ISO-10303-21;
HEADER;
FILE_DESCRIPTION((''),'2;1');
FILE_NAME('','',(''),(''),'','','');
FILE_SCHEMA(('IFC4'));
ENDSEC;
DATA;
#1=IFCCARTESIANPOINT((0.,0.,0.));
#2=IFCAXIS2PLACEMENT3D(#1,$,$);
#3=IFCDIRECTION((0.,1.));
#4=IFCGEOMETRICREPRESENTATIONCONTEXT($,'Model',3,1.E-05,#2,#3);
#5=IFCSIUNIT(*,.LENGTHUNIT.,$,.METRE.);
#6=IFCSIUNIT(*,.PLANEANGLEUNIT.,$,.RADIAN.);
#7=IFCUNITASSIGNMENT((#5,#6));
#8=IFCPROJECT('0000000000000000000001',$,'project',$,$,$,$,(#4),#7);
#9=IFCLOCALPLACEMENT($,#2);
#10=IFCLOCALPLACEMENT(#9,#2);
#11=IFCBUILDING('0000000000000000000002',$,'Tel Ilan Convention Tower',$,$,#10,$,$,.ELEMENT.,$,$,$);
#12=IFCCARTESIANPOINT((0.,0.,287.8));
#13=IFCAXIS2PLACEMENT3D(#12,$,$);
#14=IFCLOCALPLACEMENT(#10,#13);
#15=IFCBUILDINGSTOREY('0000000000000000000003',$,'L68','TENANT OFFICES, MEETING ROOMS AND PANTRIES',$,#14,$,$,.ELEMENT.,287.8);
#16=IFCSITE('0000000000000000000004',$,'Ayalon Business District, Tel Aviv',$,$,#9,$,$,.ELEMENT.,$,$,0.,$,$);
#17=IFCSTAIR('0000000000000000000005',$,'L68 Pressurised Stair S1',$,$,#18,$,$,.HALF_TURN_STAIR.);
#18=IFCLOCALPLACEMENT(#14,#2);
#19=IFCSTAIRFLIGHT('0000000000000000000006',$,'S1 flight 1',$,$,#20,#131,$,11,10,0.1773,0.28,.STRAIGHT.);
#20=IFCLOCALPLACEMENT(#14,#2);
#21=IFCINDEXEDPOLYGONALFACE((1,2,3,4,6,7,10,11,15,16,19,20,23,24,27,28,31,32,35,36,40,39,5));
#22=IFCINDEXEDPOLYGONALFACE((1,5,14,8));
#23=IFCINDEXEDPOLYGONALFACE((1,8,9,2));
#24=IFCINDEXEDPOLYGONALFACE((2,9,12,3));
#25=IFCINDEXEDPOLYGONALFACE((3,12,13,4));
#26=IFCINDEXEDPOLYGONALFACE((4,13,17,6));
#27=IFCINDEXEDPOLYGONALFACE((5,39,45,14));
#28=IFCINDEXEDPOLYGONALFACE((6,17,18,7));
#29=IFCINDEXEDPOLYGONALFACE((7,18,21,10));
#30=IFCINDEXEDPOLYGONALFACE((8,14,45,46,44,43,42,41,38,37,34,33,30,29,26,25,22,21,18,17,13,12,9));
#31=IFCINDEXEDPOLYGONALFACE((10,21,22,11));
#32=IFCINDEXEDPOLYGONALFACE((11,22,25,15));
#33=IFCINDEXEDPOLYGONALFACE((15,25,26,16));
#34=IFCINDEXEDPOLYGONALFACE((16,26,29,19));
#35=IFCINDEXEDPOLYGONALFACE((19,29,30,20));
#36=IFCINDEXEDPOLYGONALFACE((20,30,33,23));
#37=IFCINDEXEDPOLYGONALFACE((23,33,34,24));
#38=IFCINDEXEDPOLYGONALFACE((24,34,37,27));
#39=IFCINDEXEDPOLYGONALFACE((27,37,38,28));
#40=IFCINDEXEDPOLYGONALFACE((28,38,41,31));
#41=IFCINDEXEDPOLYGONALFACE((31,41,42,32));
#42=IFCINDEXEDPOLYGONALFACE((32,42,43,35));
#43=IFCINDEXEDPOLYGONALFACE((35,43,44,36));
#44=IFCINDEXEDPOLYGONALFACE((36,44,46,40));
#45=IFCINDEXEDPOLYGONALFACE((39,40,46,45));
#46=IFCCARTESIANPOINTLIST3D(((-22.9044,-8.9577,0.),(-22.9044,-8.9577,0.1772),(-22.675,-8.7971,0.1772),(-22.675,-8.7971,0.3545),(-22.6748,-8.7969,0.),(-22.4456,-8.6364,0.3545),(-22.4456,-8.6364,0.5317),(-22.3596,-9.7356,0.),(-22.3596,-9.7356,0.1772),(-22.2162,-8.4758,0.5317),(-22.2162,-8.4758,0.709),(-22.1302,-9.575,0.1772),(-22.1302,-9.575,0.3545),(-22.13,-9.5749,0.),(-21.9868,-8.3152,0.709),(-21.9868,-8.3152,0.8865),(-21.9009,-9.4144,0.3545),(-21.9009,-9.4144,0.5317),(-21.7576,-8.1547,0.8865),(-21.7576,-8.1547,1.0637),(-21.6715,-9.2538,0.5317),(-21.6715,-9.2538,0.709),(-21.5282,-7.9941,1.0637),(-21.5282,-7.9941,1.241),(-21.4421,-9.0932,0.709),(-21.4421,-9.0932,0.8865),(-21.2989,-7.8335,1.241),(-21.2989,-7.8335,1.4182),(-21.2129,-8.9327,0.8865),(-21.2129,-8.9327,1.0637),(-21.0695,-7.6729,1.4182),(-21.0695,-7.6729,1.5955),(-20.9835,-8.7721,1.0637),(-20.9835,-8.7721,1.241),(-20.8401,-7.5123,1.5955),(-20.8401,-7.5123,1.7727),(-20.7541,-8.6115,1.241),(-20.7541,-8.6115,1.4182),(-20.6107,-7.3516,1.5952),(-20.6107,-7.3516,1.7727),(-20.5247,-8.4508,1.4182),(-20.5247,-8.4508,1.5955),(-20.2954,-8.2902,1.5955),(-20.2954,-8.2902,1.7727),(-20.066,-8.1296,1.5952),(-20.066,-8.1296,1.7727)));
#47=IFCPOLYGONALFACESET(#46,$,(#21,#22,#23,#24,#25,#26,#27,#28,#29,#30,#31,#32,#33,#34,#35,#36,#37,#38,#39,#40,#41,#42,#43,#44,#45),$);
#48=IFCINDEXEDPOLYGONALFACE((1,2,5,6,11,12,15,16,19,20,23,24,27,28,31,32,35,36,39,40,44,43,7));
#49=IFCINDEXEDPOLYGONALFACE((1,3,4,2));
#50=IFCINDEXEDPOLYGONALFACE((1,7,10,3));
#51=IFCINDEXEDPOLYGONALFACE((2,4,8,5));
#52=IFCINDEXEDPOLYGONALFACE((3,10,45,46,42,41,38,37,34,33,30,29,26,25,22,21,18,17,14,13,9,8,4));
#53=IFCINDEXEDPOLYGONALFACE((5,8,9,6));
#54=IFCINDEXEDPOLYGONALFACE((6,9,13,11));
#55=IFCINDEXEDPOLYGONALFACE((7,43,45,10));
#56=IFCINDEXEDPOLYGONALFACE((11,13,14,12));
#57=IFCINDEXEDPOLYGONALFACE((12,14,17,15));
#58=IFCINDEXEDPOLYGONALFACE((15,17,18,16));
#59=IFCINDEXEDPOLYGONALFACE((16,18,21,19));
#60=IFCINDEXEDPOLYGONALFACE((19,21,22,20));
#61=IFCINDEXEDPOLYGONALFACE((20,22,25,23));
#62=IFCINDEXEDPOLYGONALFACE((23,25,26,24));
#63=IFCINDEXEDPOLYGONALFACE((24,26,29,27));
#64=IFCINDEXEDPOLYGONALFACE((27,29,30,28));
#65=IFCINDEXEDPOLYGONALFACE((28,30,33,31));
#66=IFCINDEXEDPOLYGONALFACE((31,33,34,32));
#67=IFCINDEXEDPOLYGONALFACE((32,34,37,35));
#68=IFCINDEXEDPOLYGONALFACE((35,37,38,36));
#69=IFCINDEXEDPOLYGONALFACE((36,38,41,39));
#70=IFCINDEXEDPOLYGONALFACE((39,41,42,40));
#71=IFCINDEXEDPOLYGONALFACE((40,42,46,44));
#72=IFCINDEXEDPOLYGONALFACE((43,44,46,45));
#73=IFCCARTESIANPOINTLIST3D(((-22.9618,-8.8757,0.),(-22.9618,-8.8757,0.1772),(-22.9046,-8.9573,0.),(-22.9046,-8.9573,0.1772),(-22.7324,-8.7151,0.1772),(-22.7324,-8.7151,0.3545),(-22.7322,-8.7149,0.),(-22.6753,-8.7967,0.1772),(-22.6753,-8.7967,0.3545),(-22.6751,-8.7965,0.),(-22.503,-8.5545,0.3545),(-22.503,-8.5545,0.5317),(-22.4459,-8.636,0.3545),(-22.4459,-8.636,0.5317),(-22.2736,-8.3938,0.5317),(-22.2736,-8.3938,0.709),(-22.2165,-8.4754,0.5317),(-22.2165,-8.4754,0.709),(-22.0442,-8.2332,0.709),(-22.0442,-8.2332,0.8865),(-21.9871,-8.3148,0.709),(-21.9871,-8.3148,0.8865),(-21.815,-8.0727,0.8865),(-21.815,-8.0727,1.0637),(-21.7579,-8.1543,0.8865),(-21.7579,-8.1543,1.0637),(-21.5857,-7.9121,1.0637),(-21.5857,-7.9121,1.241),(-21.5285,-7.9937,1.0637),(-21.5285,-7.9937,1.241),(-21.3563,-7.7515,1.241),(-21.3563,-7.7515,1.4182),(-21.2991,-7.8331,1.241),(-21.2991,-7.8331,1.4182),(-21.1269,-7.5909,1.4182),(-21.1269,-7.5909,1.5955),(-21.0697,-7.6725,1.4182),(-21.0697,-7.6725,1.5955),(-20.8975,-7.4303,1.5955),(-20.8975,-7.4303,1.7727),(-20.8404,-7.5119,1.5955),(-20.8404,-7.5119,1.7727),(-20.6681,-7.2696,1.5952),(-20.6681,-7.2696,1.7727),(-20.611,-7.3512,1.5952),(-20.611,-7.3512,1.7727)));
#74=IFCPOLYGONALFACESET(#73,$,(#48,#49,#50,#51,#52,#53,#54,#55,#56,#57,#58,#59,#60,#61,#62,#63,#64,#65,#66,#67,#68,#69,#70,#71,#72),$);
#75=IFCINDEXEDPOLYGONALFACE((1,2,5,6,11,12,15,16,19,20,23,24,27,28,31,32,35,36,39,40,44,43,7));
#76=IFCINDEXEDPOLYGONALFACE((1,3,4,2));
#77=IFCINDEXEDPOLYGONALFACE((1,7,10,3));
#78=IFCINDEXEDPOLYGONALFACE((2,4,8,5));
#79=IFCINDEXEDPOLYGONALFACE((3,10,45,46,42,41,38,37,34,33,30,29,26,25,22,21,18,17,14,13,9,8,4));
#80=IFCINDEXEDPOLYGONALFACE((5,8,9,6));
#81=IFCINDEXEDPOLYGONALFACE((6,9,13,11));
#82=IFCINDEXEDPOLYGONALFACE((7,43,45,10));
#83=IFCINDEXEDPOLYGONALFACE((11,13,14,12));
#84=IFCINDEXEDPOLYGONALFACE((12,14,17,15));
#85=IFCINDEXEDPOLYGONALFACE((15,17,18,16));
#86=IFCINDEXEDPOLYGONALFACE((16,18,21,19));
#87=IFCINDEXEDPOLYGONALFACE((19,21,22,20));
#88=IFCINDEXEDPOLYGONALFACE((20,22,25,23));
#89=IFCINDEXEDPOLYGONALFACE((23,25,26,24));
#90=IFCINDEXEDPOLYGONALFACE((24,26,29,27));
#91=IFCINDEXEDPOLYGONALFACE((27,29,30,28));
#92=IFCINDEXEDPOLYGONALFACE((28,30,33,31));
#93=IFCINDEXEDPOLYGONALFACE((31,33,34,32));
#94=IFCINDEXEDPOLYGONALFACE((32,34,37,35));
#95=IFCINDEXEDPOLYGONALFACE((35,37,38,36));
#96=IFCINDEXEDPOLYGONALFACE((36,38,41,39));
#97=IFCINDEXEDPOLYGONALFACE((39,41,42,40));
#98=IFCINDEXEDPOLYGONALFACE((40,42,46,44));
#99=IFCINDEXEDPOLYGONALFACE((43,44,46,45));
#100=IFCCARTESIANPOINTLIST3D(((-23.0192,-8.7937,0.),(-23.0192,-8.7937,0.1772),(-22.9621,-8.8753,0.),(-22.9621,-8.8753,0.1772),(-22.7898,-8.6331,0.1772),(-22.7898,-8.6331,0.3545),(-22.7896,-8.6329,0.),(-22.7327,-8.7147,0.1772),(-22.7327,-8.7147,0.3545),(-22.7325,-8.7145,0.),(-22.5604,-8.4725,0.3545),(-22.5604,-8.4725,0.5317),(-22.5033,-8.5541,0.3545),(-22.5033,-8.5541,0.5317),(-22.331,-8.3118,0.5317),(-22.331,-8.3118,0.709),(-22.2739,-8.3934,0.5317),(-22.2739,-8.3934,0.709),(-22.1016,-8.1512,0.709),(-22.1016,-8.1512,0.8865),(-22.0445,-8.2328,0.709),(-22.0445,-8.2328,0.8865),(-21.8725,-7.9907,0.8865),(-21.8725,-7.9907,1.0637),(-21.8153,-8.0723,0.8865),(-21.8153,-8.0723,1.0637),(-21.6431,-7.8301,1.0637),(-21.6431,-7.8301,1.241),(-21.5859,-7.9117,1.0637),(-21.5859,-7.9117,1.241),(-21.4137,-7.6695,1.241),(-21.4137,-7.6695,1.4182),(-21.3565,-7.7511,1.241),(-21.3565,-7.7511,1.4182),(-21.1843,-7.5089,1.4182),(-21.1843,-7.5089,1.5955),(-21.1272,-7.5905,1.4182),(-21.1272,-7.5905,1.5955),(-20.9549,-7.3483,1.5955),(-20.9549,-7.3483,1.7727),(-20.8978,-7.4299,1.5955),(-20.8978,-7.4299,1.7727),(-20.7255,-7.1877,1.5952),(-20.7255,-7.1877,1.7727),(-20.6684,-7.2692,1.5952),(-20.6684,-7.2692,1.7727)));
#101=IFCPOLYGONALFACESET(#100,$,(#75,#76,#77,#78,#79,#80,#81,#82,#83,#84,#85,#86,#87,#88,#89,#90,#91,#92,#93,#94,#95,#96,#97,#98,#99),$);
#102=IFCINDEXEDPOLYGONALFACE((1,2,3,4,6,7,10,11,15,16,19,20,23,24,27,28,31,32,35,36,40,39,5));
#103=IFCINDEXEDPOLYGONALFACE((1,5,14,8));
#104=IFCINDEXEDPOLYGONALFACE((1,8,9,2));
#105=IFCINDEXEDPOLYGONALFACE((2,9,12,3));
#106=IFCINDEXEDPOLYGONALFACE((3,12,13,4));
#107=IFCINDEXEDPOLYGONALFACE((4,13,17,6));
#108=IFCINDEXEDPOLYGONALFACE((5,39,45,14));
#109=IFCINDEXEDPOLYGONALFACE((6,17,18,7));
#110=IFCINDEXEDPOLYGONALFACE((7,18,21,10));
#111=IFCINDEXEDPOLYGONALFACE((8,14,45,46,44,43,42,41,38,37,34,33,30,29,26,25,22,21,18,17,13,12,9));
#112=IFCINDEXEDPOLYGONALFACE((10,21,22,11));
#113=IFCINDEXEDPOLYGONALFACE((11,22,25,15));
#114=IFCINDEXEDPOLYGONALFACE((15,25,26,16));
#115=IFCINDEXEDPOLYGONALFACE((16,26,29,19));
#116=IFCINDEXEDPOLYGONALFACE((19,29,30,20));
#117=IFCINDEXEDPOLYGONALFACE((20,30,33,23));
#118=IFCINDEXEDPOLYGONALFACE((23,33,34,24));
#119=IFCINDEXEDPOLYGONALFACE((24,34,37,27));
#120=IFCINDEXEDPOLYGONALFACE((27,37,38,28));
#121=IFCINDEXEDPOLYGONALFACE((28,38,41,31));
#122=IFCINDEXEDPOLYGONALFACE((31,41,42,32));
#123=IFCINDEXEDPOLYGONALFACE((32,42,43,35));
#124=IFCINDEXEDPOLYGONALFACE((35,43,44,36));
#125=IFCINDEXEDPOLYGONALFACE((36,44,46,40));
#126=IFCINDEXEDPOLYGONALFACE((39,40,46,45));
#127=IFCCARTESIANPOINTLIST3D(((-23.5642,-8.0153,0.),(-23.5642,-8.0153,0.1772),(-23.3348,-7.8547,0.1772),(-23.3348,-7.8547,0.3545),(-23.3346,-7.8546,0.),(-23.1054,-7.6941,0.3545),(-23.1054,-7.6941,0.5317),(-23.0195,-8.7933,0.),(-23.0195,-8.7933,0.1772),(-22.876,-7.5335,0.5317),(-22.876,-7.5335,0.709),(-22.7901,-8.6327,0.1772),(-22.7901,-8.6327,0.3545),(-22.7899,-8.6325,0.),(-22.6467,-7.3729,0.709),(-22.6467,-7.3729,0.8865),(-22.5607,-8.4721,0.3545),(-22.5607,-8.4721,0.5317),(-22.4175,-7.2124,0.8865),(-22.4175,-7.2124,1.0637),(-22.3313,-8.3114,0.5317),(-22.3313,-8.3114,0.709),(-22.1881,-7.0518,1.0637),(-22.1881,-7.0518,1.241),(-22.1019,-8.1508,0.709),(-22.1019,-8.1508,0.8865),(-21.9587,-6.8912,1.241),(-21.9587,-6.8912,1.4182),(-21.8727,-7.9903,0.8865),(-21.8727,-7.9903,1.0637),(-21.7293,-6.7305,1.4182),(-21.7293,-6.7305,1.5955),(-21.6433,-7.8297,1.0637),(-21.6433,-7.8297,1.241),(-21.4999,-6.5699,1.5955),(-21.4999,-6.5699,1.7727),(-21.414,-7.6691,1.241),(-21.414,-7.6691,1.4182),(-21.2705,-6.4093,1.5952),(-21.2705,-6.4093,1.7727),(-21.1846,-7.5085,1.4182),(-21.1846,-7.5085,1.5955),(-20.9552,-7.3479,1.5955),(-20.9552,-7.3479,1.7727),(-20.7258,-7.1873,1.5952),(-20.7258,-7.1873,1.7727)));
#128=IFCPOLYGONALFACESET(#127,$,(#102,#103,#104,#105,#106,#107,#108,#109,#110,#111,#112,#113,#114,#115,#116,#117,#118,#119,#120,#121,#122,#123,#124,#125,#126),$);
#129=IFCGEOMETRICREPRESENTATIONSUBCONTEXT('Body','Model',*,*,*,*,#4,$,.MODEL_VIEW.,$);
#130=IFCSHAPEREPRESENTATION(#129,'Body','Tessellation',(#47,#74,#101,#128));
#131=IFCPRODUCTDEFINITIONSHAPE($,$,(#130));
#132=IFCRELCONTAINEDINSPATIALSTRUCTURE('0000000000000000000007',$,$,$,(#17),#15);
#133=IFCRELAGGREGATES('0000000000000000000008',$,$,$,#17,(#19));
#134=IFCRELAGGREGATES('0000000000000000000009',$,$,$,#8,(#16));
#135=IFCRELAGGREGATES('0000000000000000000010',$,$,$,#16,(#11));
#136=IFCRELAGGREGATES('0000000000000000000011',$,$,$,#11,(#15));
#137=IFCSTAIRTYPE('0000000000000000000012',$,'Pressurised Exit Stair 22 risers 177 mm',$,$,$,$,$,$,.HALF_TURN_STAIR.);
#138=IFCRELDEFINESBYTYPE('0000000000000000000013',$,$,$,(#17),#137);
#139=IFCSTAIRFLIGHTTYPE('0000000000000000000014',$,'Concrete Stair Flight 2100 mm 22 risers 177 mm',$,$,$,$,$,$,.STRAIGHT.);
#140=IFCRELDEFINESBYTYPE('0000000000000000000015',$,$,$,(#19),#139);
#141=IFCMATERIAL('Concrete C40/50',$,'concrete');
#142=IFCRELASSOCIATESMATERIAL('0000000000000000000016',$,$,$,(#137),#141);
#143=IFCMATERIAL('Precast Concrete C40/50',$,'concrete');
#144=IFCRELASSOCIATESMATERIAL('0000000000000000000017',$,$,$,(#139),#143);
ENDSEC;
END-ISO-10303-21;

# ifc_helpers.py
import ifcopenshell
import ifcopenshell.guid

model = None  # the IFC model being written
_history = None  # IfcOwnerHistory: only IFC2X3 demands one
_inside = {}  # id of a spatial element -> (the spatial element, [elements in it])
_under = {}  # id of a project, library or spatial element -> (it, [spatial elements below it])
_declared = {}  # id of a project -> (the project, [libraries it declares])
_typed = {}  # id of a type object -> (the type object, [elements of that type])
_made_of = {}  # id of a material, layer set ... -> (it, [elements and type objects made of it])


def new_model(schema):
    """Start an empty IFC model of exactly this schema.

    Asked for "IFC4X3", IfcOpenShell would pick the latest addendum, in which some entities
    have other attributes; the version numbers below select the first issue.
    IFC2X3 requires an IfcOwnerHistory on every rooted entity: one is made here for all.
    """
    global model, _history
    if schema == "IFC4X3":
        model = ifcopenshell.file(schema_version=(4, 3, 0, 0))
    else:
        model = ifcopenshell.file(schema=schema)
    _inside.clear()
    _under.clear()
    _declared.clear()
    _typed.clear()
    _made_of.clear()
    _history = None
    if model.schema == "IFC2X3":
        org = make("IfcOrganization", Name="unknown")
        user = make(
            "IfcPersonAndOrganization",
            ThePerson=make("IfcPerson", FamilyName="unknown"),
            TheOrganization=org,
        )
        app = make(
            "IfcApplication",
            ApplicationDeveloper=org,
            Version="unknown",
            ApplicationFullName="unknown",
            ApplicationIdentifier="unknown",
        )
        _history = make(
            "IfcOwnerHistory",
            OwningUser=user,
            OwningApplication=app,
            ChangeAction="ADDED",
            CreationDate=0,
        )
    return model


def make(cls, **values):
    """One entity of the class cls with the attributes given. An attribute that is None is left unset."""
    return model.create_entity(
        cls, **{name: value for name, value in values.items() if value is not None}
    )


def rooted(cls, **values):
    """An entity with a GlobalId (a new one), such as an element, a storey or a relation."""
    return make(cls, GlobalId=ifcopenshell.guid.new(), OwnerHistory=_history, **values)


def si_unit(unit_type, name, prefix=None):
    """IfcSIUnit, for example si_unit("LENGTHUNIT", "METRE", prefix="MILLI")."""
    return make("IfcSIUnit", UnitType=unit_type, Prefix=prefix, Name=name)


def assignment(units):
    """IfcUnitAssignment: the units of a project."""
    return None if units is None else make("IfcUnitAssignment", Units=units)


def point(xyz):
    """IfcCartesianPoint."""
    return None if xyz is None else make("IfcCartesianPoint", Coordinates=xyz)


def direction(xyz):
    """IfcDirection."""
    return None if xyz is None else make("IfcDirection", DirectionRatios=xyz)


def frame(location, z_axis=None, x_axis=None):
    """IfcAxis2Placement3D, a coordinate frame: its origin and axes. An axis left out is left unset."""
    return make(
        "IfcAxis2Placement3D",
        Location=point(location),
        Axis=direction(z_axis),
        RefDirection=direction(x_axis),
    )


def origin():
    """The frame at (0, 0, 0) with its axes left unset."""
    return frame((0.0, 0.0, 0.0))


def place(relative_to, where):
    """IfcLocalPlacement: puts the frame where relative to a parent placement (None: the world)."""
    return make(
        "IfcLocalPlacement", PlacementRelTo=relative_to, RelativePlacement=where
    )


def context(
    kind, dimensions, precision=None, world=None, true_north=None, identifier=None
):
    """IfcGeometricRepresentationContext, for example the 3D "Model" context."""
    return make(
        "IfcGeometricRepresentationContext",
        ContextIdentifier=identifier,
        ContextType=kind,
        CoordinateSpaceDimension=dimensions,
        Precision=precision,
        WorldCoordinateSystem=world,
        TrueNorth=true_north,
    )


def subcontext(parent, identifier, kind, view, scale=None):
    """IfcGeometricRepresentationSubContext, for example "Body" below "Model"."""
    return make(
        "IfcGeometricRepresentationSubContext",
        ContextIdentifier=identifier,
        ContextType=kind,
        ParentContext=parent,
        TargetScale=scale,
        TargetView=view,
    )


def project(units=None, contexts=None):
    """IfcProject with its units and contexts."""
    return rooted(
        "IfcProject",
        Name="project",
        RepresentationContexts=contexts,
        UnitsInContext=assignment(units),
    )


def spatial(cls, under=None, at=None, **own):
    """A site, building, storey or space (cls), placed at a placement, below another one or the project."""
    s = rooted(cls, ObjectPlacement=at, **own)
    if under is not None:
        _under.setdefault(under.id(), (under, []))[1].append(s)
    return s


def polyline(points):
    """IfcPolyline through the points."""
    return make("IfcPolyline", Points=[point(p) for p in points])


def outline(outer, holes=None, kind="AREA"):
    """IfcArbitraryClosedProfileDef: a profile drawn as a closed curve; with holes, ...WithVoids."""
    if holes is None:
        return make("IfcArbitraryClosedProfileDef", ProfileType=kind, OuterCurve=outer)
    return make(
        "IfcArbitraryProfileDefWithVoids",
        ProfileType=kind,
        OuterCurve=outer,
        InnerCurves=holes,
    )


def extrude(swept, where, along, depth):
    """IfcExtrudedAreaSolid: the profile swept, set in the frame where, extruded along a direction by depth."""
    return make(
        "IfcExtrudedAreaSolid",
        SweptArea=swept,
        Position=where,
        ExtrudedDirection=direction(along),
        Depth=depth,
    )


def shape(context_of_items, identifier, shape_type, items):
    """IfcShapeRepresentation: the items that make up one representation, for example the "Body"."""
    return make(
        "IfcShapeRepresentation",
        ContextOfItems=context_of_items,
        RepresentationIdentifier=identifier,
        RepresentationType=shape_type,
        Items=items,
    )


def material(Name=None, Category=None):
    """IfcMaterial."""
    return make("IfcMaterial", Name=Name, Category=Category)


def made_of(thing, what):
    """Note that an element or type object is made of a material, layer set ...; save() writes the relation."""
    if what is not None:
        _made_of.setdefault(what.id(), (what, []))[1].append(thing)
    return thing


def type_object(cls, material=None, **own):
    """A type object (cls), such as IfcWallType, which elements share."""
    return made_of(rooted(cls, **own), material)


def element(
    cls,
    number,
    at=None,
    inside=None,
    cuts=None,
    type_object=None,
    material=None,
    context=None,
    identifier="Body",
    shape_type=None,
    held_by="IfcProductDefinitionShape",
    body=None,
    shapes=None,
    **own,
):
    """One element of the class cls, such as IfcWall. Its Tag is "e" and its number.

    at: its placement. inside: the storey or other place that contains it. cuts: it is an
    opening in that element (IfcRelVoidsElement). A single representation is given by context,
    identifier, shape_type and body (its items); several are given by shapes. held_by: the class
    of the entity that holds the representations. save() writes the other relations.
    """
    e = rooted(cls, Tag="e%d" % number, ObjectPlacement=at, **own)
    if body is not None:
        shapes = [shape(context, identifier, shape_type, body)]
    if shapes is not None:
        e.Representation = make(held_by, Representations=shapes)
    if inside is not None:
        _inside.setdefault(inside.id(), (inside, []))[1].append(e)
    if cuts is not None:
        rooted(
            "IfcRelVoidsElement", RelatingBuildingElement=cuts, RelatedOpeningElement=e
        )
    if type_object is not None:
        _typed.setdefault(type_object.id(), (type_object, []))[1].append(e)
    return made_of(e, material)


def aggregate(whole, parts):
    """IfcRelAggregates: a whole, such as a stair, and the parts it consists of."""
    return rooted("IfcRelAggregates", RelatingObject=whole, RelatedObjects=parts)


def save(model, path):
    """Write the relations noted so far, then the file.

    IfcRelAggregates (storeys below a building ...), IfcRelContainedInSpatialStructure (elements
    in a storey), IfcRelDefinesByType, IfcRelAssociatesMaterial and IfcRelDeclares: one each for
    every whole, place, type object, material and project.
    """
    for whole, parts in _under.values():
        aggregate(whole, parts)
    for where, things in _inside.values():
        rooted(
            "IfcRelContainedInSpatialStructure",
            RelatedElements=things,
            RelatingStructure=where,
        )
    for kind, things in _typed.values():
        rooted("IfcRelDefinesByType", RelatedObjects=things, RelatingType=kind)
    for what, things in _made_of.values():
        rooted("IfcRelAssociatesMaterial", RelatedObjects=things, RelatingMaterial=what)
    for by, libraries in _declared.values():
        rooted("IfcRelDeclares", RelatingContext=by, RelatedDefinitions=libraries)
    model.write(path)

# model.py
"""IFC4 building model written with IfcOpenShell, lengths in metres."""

from ifc_helpers import new_model, si_unit, direction, frame, origin, place, context, subcontext, project, spatial, polyline, outline, extrude, material, type_object, element, aggregate, save


model = new_model("IFC4")

# Units and contexts
model_context = context("Model", 3, precision=1e-05, world=origin(), true_north=direction((0.0, 1.0)))
body_context = subcontext(model_context, "Body", "Model", "MODEL_VIEW")
ifc_project = project(units=[si_unit("LENGTHUNIT", "METRE"), si_unit("PLANEANGLEUNIT", "RADIAN")], contexts=[model_context])

# Site, building, storey
site_placement = place(None, origin())
site = spatial("IfcSite", under=ifc_project, at=site_placement, Name="Ayalon Business District, Tel Aviv", CompositionType="ELEMENT", RefElevation=0.0)
building_placement = place(site_placement, origin())
building = spatial("IfcBuilding", under=site, at=building_placement, Name="Tel Ilan Convention Tower", CompositionType="ELEMENT")
storey_placement = place(building_placement, frame((0.0, 0.0, 287.8)))
storey = spatial("IfcBuildingStorey", under=building, at=storey_placement, Name="L68", Description="TENANT OFFICES, MEETING ROOMS AND PANTRIES", CompositionType="ELEMENT", Elevation=287.8)

# Stair, stair flight
ifc_material_1 = material(Name="Concrete C40/50", Category="concrete")
stair_type = type_object("IfcStairType", Name="Pressurised Exit Stair 22 risers 177 mm", PredefinedType="HALF_TURN_STAIR", material=ifc_material_1)
stair_1_placement = place(storey_placement, origin())
stair_1 = element("IfcStair", 1, at=stair_1_placement, inside=storey, type_object=stair_type, Name="L68 Pressurised Stair S1", PredefinedType="HALF_TURN_STAIR")
ifc_material_2 = material(Name="Precast Concrete C40/50", Category="concrete")
stair_flight_type = type_object("IfcStairFlightType", Name="Concrete Stair Flight 2100 mm 22 risers 177 mm", PredefinedType="STRAIGHT", material=ifc_material_2)
stair_flight_1_placement = place(storey_placement, frame((-22.9619, -8.8755, 0.0), z_axis=(0.0, 0.0, 1.0), x_axis=(0.819152, 0.573576, 0.0)))
stair_flight_1 = element("IfcStairFlight", 2, at=stair_flight_1_placement, type_object=stair_flight_type, Name="S1 flight 1", NumberOfRisers=11, NumberOfTreads=10, PredefinedType="STRAIGHT", RiserHeight=0.1773, TreadLength=0.28, context=body_context, shape_type="SweptSolid", body=[
    extrude(outline(polyline([(0.0, 0.0), (0.0, 0.1772), (0.28, 0.1772), (0.28, 0.3545), (0.5601, 0.3545), (0.5601, 0.5317), (0.8401, 0.5317), (0.8401, 0.709), (1.1201, 0.709), (1.1201, 0.8865), (1.3999, 0.8865), (1.3999, 1.0637), (1.6799, 1.0637), (1.6799, 1.241), (1.96, 1.241), (1.96, 1.4182), (2.24, 1.4182), (2.24, 1.5955), (2.52, 1.5955), (2.52, 1.7727), (2.8, 1.7727), (2.8, 1.95), (2.8, 1.5952), (0.2803, 0.0), (0.0, 0.0)])), frame((0.0, -0.1003, 0.0), z_axis=(0.0, -1.0, 0.0), x_axis=(1.0, 0.0, 0.0)), (0.0, 0.0, 1.0), 0.9497),
    extrude(outline(polyline([(0.0, 0.0), (0.0, 0.1772), (0.28, 0.1772), (0.28, 0.3545), (0.5601, 0.3545), (0.5601, 0.5317), (0.8401, 0.5317), (0.8401, 0.709), (1.1201, 0.709), (1.1201, 0.8865), (1.3999, 0.8865), (1.3999, 1.0637), (1.6799, 1.0637), (1.6799, 1.241), (1.96, 1.241), (1.96, 1.4182), (2.24, 1.4182), (2.24, 1.5955), (2.52, 1.5955), (2.52, 1.7727), (2.8, 1.7727), (2.8, 1.95), (2.8, 1.5952), (0.2803, 0.0), (0.0, 0.0)])), frame((0.0, -0.0002, 0.0), z_axis=(0.0, -1.0, 0.0), x_axis=(1.0, 0.0, 0.0)), (0.0, 0.0, 1.0), 0.0996),
    extrude(outline(polyline([(0.0, 0.0), (0.0, 0.1772), (0.28, 0.1772), (0.28, 0.3545), (0.5601, 0.3545), (0.5601, 0.5317), (0.8401, 0.5317), (0.8401, 0.709), (1.1201, 0.709), (1.1201, 0.8865), (1.3999, 0.8865), (1.3999, 1.0637), (1.6799, 1.0637), (1.6799, 1.241), (1.96, 1.241), (1.96, 1.4182), (2.24, 1.4182), (2.24, 1.5955), (2.52, 1.5955), (2.52, 1.7727), (2.8, 1.7727), (2.8, 1.95), (2.8, 1.5952), (0.2803, 0.0), (0.0, 0.0)])), frame((0.0, 0.0999, 0.0), z_axis=(0.0, -1.0, 0.0), x_axis=(1.0, 0.0, 0.0)), (0.0, 0.0, 1.0), 0.0996),
    extrude(outline(polyline([(0.0, 0.0), (0.0, 0.1772), (0.28, 0.1772), (0.28, 0.3545), (0.5601, 0.3545), (0.5601, 0.5317), (0.8401, 0.5317), (0.8401, 0.709), (1.1201, 0.709), (1.1201, 0.8865), (1.3999, 0.8865), (1.3999, 1.0637), (1.6799, 1.0637), (1.6799, 1.241), (1.96, 1.241), (1.96, 1.4182), (2.24, 1.4182), (2.24, 1.5955), (2.52, 1.5955), (2.52, 1.7727), (2.8, 1.7727), (2.8, 1.95), (2.8, 1.5952), (0.2803, 0.0), (0.0, 0.0)])), frame((0.0, 1.05, 0.0), z_axis=(0.0, -1.0, 0.0), x_axis=(1.0, 0.0, 0.0)), (0.0, 0.0, 1.0), 0.9497),
])
aggregate(stair_1, [stair_flight_1])

save(model, "model.ifc")
